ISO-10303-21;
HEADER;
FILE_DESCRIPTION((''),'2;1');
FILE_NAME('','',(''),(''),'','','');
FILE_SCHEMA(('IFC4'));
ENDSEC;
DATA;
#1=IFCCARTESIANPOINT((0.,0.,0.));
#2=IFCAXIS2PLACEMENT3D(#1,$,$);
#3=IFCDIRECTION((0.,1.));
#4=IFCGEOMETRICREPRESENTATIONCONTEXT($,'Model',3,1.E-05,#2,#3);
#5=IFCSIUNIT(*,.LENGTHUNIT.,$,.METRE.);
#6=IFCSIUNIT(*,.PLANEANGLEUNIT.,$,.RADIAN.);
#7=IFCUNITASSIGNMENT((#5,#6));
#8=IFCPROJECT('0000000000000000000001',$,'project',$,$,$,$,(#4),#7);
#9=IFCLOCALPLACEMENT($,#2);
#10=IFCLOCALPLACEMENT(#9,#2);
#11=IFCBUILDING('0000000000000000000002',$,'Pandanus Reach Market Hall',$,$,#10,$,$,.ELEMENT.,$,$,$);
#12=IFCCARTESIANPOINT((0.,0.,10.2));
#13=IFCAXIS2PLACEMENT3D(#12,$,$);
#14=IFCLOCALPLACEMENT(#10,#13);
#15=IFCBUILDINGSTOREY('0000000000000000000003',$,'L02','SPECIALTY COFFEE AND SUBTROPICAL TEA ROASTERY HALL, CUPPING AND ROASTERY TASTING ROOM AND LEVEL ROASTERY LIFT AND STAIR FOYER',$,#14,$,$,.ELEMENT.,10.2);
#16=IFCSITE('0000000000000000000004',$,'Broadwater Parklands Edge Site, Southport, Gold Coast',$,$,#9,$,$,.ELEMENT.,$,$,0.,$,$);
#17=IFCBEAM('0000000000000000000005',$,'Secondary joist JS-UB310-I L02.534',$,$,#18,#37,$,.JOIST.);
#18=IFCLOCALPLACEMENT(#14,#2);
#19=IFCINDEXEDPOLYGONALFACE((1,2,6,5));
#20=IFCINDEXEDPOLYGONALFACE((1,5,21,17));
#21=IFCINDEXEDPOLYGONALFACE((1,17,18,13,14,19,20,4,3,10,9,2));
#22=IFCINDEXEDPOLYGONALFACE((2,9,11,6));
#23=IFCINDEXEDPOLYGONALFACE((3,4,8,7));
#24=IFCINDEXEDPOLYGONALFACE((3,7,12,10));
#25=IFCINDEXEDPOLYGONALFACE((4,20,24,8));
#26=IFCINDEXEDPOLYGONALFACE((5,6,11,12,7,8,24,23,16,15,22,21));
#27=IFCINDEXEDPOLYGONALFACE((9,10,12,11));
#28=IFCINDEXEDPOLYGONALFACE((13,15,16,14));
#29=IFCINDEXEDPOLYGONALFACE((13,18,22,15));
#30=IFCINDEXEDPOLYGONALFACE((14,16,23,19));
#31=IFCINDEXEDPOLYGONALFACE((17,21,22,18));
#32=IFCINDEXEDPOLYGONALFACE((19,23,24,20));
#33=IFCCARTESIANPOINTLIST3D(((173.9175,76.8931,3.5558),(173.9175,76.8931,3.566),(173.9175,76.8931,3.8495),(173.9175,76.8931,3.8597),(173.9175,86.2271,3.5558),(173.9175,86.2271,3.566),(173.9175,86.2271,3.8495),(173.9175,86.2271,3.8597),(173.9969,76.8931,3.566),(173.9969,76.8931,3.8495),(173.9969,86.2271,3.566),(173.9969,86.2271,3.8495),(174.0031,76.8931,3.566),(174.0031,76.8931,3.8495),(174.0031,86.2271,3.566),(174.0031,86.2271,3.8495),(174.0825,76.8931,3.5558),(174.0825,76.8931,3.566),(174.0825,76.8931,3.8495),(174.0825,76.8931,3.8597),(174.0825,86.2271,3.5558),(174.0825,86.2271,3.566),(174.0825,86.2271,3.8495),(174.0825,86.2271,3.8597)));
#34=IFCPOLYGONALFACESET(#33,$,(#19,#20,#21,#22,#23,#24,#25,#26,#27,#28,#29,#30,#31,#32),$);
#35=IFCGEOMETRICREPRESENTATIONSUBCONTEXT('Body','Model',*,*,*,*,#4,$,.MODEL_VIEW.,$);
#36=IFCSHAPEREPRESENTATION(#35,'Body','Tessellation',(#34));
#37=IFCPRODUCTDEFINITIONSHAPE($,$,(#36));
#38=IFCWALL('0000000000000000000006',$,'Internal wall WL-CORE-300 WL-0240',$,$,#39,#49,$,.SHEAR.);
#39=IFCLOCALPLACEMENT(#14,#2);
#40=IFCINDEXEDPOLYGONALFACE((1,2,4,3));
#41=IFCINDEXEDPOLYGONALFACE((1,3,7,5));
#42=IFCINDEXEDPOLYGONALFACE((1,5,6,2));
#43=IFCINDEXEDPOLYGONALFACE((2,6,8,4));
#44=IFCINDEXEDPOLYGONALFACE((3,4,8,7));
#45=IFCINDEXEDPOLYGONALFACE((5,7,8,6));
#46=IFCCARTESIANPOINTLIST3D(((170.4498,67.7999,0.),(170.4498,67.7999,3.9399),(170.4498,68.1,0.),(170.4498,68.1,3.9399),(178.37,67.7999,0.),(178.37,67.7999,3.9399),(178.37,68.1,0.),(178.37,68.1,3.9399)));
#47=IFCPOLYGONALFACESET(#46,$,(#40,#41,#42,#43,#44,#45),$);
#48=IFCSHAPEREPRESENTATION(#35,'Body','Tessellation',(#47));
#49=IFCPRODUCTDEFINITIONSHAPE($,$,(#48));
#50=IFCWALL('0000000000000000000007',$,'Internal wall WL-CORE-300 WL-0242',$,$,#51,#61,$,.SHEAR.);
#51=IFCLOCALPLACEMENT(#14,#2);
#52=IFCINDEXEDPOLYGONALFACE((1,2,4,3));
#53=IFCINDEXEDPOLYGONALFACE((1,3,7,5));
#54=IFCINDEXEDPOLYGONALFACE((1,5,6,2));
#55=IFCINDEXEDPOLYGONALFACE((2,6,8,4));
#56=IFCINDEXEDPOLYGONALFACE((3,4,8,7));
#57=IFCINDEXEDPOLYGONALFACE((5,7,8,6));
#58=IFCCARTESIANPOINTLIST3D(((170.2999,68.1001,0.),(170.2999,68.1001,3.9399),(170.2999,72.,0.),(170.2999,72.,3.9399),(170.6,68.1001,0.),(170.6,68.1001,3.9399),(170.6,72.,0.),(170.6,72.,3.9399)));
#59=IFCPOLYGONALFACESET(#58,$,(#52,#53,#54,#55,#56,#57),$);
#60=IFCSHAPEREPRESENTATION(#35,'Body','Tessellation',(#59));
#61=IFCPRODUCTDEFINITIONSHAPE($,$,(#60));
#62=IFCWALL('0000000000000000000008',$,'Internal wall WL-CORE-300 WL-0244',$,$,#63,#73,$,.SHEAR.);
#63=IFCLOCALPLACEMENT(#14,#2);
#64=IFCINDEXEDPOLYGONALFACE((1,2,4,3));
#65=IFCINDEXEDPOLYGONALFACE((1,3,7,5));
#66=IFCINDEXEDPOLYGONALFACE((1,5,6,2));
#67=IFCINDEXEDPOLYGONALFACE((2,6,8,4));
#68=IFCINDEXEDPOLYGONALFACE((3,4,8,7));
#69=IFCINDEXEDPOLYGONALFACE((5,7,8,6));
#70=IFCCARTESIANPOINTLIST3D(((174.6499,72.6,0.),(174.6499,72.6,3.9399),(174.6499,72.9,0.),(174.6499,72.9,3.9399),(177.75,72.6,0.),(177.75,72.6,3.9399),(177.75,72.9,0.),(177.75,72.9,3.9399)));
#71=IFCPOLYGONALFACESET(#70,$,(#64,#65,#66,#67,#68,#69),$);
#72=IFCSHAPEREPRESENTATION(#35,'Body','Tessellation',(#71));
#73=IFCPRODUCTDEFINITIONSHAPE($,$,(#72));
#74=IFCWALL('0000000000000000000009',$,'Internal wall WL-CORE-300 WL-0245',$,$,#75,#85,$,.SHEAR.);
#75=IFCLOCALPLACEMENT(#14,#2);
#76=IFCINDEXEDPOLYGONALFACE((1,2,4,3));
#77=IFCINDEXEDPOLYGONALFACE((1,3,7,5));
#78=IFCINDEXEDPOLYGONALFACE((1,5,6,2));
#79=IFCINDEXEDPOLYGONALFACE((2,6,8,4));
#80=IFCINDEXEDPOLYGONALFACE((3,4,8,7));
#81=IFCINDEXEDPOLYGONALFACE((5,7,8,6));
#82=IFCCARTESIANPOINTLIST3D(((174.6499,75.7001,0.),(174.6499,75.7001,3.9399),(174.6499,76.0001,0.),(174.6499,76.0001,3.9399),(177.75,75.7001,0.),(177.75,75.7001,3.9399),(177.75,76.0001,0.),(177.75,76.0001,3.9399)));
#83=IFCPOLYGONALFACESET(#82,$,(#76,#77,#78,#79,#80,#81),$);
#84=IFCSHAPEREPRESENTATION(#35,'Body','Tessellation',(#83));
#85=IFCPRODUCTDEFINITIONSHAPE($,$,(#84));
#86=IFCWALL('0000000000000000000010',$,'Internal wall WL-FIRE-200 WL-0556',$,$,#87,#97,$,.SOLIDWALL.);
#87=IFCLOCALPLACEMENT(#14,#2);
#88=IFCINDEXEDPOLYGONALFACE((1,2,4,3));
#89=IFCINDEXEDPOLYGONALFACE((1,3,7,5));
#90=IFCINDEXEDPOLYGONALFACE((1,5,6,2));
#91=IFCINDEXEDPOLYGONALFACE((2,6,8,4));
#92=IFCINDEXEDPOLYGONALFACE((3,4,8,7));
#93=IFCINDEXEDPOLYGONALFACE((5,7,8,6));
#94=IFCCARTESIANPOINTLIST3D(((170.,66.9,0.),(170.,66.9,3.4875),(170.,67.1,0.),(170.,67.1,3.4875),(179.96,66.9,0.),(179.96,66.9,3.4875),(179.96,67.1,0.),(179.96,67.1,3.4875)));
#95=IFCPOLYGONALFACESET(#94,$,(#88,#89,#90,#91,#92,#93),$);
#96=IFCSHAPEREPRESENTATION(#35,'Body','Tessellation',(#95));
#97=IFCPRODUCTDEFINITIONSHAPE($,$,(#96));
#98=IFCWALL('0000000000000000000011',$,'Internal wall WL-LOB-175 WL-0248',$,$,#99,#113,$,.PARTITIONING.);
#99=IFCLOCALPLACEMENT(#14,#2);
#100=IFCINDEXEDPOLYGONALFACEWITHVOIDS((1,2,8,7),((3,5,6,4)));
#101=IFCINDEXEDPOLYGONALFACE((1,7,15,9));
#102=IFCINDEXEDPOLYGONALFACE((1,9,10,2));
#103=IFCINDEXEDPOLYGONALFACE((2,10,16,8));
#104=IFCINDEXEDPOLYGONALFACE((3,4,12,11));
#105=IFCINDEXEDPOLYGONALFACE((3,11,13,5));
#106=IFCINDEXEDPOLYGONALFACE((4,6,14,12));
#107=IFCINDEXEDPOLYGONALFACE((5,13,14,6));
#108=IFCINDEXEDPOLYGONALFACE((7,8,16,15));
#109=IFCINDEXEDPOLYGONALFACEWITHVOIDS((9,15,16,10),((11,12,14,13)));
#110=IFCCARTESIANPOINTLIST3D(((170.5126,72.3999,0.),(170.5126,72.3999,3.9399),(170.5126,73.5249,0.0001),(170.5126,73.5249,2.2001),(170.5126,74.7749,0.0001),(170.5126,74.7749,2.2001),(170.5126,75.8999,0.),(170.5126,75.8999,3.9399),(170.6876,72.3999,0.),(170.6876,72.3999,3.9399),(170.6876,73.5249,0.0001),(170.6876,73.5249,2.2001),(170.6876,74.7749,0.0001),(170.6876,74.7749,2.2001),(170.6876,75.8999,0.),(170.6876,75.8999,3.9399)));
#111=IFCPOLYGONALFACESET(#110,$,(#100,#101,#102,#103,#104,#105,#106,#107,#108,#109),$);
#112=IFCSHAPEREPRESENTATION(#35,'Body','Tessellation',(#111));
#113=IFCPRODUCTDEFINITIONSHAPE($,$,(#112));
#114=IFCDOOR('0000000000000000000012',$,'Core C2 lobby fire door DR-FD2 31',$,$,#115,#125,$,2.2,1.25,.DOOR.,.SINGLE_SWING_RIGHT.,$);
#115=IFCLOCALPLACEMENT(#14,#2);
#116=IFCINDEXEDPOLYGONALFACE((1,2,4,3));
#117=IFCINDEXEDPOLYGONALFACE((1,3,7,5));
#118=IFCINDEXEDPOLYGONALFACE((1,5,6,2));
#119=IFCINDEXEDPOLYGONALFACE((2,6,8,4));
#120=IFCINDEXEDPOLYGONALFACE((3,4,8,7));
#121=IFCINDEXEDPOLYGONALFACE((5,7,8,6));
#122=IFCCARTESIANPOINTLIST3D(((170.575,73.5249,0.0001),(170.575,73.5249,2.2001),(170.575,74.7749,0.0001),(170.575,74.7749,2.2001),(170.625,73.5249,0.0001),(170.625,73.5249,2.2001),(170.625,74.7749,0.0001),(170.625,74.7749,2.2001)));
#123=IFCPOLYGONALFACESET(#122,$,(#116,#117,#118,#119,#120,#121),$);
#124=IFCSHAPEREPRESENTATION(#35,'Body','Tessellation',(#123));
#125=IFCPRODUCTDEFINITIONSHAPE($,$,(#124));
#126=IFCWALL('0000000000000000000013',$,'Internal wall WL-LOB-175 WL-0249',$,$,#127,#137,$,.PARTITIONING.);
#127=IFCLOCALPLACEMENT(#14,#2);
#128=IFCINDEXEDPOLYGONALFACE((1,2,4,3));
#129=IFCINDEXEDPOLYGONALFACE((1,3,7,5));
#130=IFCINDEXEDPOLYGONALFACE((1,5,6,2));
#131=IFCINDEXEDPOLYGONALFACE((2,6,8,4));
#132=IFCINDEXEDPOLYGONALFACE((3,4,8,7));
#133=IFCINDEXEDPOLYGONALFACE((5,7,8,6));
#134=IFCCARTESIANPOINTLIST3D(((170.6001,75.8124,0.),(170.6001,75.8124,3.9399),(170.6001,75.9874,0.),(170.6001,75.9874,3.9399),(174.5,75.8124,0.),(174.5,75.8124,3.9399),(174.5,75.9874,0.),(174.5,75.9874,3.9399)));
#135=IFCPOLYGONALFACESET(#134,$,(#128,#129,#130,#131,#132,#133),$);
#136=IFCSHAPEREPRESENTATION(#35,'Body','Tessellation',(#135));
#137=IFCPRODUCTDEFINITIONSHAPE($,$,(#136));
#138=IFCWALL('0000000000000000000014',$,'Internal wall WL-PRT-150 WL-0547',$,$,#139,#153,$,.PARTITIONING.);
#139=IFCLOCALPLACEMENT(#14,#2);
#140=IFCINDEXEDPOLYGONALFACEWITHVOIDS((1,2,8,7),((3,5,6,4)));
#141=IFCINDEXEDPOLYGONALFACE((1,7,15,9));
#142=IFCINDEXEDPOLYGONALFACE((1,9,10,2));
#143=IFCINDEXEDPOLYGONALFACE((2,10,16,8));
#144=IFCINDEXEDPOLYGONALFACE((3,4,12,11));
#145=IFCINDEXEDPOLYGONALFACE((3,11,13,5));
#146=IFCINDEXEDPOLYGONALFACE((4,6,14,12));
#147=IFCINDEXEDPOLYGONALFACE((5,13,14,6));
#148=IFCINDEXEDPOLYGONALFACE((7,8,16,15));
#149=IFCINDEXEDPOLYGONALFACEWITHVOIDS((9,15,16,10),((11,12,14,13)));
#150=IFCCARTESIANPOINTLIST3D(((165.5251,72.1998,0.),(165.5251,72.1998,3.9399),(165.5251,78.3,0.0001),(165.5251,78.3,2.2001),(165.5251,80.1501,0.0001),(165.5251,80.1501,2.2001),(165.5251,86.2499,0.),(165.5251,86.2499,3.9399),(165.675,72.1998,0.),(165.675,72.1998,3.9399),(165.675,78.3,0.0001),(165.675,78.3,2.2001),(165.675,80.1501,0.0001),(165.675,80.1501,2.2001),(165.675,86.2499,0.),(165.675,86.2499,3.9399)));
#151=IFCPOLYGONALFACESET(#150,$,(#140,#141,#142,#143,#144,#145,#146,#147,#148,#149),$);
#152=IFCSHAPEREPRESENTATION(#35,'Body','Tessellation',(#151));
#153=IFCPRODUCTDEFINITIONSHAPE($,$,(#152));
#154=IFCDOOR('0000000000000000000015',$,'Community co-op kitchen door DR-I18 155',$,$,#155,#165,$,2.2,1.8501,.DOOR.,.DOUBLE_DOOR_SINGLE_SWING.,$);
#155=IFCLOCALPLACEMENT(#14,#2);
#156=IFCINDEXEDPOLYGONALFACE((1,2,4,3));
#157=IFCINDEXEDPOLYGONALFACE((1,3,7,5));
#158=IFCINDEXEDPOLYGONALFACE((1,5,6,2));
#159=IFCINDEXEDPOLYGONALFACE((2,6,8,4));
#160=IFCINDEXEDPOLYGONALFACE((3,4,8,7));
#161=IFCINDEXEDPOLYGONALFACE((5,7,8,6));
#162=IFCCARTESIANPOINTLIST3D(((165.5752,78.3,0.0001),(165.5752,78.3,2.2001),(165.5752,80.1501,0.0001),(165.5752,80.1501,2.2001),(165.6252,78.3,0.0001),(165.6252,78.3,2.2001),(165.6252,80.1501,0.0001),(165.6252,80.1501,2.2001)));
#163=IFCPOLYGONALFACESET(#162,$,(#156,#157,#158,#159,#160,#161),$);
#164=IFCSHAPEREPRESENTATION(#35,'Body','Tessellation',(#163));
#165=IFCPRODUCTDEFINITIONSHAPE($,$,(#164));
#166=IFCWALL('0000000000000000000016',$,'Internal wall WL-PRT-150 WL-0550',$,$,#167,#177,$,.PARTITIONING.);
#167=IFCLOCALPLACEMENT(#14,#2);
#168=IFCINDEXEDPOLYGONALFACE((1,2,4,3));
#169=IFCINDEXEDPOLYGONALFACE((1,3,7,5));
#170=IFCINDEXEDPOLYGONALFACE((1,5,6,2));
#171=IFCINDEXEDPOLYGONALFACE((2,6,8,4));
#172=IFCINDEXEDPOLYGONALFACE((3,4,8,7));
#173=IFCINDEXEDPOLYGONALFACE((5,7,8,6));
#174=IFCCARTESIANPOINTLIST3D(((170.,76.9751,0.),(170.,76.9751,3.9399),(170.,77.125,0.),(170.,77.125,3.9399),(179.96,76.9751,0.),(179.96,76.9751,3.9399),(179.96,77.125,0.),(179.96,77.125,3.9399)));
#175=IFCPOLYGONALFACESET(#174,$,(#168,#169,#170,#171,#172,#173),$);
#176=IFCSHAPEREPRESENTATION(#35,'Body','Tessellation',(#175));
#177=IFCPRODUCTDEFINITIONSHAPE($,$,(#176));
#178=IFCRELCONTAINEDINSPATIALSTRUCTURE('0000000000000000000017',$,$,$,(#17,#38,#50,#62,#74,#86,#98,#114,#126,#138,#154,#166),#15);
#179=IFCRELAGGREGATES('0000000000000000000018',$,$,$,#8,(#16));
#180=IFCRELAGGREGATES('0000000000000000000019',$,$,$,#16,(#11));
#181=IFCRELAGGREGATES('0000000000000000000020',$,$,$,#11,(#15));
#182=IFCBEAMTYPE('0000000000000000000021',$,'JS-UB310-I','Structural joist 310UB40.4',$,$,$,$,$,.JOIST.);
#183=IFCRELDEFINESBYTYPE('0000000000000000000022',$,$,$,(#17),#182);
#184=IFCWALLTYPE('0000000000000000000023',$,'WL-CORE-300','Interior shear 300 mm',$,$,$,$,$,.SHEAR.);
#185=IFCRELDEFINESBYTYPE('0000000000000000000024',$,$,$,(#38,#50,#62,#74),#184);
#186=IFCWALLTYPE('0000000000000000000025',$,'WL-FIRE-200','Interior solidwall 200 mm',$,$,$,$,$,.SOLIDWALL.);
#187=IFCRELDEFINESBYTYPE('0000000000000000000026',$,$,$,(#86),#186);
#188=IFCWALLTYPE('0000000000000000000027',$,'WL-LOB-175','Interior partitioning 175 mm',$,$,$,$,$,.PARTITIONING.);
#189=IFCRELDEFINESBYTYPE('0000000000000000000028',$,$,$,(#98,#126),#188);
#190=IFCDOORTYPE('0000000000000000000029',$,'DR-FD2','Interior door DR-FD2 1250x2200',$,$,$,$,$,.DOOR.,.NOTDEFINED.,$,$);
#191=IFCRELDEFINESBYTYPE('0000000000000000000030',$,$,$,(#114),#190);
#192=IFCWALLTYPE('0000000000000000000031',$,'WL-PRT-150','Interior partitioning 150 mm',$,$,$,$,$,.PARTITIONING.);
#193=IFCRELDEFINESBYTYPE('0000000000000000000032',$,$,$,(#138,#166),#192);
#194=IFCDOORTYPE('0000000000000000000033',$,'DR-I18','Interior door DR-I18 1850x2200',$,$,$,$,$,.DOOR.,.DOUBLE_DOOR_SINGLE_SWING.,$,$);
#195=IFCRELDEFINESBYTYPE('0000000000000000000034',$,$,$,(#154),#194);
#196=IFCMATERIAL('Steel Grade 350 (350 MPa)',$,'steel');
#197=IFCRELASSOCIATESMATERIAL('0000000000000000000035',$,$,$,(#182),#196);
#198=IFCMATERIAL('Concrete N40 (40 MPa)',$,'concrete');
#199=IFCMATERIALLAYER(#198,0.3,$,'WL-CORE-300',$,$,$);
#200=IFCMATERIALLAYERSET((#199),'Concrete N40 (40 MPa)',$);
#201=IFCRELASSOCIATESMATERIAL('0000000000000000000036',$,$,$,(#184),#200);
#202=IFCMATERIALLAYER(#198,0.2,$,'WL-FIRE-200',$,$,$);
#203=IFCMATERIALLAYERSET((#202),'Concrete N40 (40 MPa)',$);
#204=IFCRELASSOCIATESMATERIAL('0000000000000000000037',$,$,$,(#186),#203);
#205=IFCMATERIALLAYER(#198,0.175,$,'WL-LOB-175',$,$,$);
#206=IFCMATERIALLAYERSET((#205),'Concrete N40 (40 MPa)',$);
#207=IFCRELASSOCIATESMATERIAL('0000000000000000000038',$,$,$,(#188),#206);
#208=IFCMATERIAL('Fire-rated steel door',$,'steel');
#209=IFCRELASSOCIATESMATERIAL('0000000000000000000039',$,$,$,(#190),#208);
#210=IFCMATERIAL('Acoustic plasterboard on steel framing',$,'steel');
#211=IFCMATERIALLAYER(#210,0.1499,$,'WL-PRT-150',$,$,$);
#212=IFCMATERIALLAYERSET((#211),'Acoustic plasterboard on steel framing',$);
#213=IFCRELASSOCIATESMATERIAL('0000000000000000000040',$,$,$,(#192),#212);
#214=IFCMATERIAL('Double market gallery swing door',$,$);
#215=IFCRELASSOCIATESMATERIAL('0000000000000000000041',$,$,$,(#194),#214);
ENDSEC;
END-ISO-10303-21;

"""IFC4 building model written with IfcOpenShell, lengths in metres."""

from ifc_helpers import new_model, si_unit, direction, frame, frame_2d, origin, origin_2d, place, context, subcontext, project, spatial, rectangle, i_section, extrude, material, layer, layer_set, material_profile, profile_set, type_object, element, fill, save


model = new_model("IFC4")

# Units and contexts
model_context = context("Model", 3, precision=1e-05, world=origin(), true_north=direction((0.0, 1.0)))
body_context = subcontext(model_context, "Body", "Model", "MODEL_VIEW")
ifc_project = project(units=[si_unit("LENGTHUNIT", "METRE"), si_unit("PLANEANGLEUNIT", "RADIAN")], contexts=[model_context])

# Site, building, storey
site_placement = place(None, origin())
site = spatial("IfcSite", under=ifc_project, at=site_placement, Name="Broadwater Parklands Edge Site, Southport, Gold Coast", CompositionType="ELEMENT", RefElevation=0.0)
building_placement = place(site_placement, origin())
building = spatial("IfcBuilding", under=site, at=building_placement, Name="Pandanus Reach Market Hall", CompositionType="ELEMENT")
storey_placement = place(building_placement, frame((0.0, 0.0, 10.2)))
storey = spatial("IfcBuildingStorey", under=building, at=storey_placement, Name="L02", Description="SPECIALTY COFFEE AND SUBTROPICAL TEA ROASTERY HALL, CUPPING AND ROASTERY TASTING ROOM AND LEVEL ROASTERY LIFT AND STAIR FOYER", CompositionType="ELEMENT", Elevation=10.2)

# Shared definitions
ifc_material_1 = material(Name="Concrete N40 (40 MPa)", Category="concrete")

# Beam
ifc_material_2 = material(Name="Steel Grade 350 (350 MPa)", Category="steel")
ifc_material_profile_1 = material_profile(ifc_material_2, i_section(OverallWidth=0.165, OverallDepth=0.304, WebThickness=0.0061, FlangeThickness=0.0103, at=origin_2d()), Name="310UB40.4", Category="LoadBearing")
ifc_profile_set_1 = profile_set([ifc_material_profile_1], Name="Steel Grade 350 (350 MPa)")
beam_type_1 = type_object("IfcBeamType", Name="JS-UB310-I", Description="Structural joist 310UB40.4", PredefinedType="JOIST", material=ifc_profile_set_1)
for number, where, z_axis, x_axis, name in (
    (1, (174.0, 76.8931, 3.7078), (0.0, 1.0, 0.0), (-1.0, 0.0, 0.0), "Secondary joist JS-UB310-I L02.534"),
):
    element("IfcBeam", number, at=place(storey_placement, frame(where, z_axis=z_axis, x_axis=x_axis)), inside=storey, type_object=beam_type_1, Name=name, PredefinedType="JOIST", context=body_context, shape_type="SweptSolid", body=[
        extrude(i_section(OverallWidth=0.165, OverallDepth=0.304, WebThickness=0.0061, FlangeThickness=0.0103, at=origin_2d()), origin(), (0.0, 0.0, 1.0), 9.334),
    ])

# Wall
ifc_layer_1 = layer(ifc_material_1, 0.3, Name="WL-CORE-300")
ifc_layer_set_1 = layer_set([ifc_layer_1], Name="Concrete N40 (40 MPa)")
wall_type_1 = type_object("IfcWallType", Name="WL-CORE-300", Description="Interior shear 300 mm", PredefinedType="SHEAR", material=ifc_layer_set_1)
wall_1_placement = place(storey_placement, frame((170.45, 67.95, 0.0), z_axis=(0.0, 0.0, 1.0), x_axis=(1.0, 0.0, 0.0)))
element("IfcWall", 2, at=wall_1_placement, inside=storey, type_object=wall_type_1, Name="Internal wall WL-CORE-300 WL-0240", PredefinedType="SHEAR", context=body_context, shape_type="SweptSolid", body=[
    extrude(rectangle(XDim=7.9202, YDim=0.3, at=frame_2d((3.96, 0.0))), origin(), (0.0, 0.0, 1.0), 3.9399),
])

# Shared definitions
ifc_material_3 = material(Name="Fire-rated steel door", Category="steel")

# Walls
wall_2_placement = place(storey_placement, frame((170.45, 68.1001, 0.0), z_axis=(0.0, 0.0, 1.0), x_axis=(0.0, 1.0, 0.0)))
element("IfcWall", 3, at=wall_2_placement, inside=storey, type_object=wall_type_1, Name="Internal wall WL-CORE-300 WL-0242", PredefinedType="SHEAR", context=body_context, shape_type="SweptSolid", body=[
    extrude(rectangle(XDim=3.8999, YDim=0.3, at=frame_2d((1.95, 0.0))), origin(), (0.0, 0.0, 1.0), 3.9399),
])
for number, where, z_axis, x_axis, name in (
    (4, (174.6499, 72.75, 0.0), (0.0, 0.0, 1.0), (1.0, 0.0, 0.0), "Internal wall WL-CORE-300 WL-0244"),
    (5, (174.6499, 75.8501, 0.0), (0.0, 0.0, 1.0), (1.0, 0.0, 0.0), "Internal wall WL-CORE-300 WL-0245"),
):
    element("IfcWall", number, at=place(storey_placement, frame(where, z_axis=z_axis, x_axis=x_axis)), inside=storey, type_object=wall_type_1, Name=name, PredefinedType="SHEAR", context=body_context, shape_type="SweptSolid", body=[
        extrude(rectangle(XDim=3.1001, YDim=0.3, at=frame_2d((1.55, 0.0))), origin(), (0.0, 0.0, 1.0), 3.9399),
    ])

# Wall
ifc_layer_2 = layer(ifc_material_1, 0.2, Name="WL-FIRE-200")
ifc_layer_set_2 = layer_set([ifc_layer_2], Name="Concrete N40 (40 MPa)")
wall_type_2 = type_object("IfcWallType", Name="WL-FIRE-200", Description="Interior solidwall 200 mm", PredefinedType="SOLIDWALL", material=ifc_layer_set_2)
wall_3_placement = place(storey_placement, frame((170.0, 67.0, 0.0), z_axis=(0.0, 0.0, 1.0), x_axis=(1.0, 0.0, 0.0)))
element("IfcWall", 6, at=wall_3_placement, inside=storey, type_object=wall_type_2, Name="Internal wall WL-FIRE-200 WL-0556", PredefinedType="SOLIDWALL", context=body_context, shape_type="SweptSolid", body=[
    extrude(rectangle(XDim=9.96, YDim=0.2, at=frame_2d((4.98, 0.0))), origin(), (0.0, 0.0, 1.0), 3.4875),
])

# Wall, opening, door
ifc_layer_3 = layer(ifc_material_1, 0.175, Name="WL-LOB-175")
ifc_layer_set_3 = layer_set([ifc_layer_3], Name="Concrete N40 (40 MPa)")
wall_type_3 = type_object("IfcWallType", Name="WL-LOB-175", Description="Interior partitioning 175 mm", PredefinedType="PARTITIONING", material=ifc_layer_set_3)
wall_4_placement = place(storey_placement, frame((170.6001, 72.3999, 0.0), z_axis=(0.0, 0.0, 1.0), x_axis=(0.0, 1.0, 0.0)))
wall_4 = element("IfcWall", 7, at=wall_4_placement, inside=storey, type_object=wall_type_3, Name="Internal wall WL-LOB-175 WL-0248", PredefinedType="PARTITIONING", context=body_context, shape_type="SweptSolid", body=[
    extrude(rectangle(XDim=3.5, YDim=0.175, at=frame_2d((1.75, 0.0))), origin(), (0.0, 0.0, 1.0), 3.9399),
])
opening_1_placement = place(wall_4_placement, frame((1.125, 0.0, 0.0)))
opening_1 = element("IfcOpeningElement", 8, at=opening_1_placement, cuts=wall_4, PredefinedType="OPENING", context=body_context, shape_type="SweptSolid", body=[
    extrude(rectangle(XDim=1.25, YDim=2.2, at=frame_2d((0.625, 1.1001))), frame((0.0, 0.1025, 0.0), z_axis=(0.0, -1.0, 0.0), x_axis=(1.0, 0.0, 0.0)), (0.0, 0.0, 1.0), 0.2051),
])
door_type_1 = type_object("IfcDoorType", Name="DR-FD2", Description="Interior door DR-FD2 1250x2200", OperationType="NOTDEFINED", PredefinedType="DOOR", material=ifc_material_3)
door_1_placement = place(opening_1_placement, frame((1.25, 0.0, 0.0), z_axis=(0.0, 0.0, 1.0), x_axis=(-1.0, 0.0, 0.0)))
door_1 = element("IfcDoor", 9, at=door_1_placement, inside=storey, type_object=door_type_1, Name="Core C2 lobby fire door DR-FD2 31", OperationType="SINGLE_SWING_RIGHT", OverallHeight=2.2, OverallWidth=1.25, PredefinedType="DOOR", context=body_context, shape_type="SweptSolid", body=[
    extrude(rectangle(XDim=1.25, YDim=2.2, at=frame_2d((0.625, 1.1001))), frame((0.0, 0.0249, 0.0), z_axis=(0.0, -1.0, 0.0), x_axis=(1.0, 0.0, 0.0)), (0.0, 0.0, 1.0), 0.05),
])
fill(opening_1, door_1)

# Wall
wall_5_placement = place(storey_placement, frame((170.6001, 75.8999, 0.0), z_axis=(0.0, 0.0, 1.0), x_axis=(1.0, 0.0, 0.0)))
element("IfcWall", 10, at=wall_5_placement, inside=storey, type_object=wall_type_3, Name="Internal wall WL-LOB-175 WL-0249", PredefinedType="PARTITIONING", context=body_context, shape_type="SweptSolid", body=[
    extrude(rectangle(XDim=3.8999, YDim=0.175, at=frame_2d((1.95, 0.0))), origin(), (0.0, 0.0, 1.0), 3.9399),
])

# Wall, opening, door
ifc_material_4 = material(Name="Acoustic plasterboard on steel framing", Category="steel")
ifc_layer_4 = layer(ifc_material_4, 0.1499, Name="WL-PRT-150")
ifc_layer_set_4 = layer_set([ifc_layer_4], Name="Acoustic plasterboard on steel framing")
wall_type_4 = type_object("IfcWallType", Name="WL-PRT-150", Description="Interior partitioning 150 mm", PredefinedType="PARTITIONING", material=ifc_layer_set_4)
wall_6_placement = place(storey_placement, frame((165.6001, 72.2, 0.0), z_axis=(0.0, 0.0, 1.0), x_axis=(0.0, 1.0, 0.0)))
wall_6 = element("IfcWall", 11, at=wall_6_placement, inside=storey, type_object=wall_type_4, Name="Internal wall WL-PRT-150 WL-0547", PredefinedType="PARTITIONING", context=body_context, shape_type="SweptSolid", body=[
    extrude(rectangle(XDim=14.05, YDim=0.1499, at=frame_2d((7.0249, 0.0))), origin(), (0.0, 0.0, 1.0), 3.9399),
])
opening_2_placement = place(wall_6_placement, frame((6.1001, 0.0, 0.0)))
opening_2 = element("IfcOpeningElement", 12, at=opening_2_placement, cuts=wall_6, PredefinedType="OPENING", context=body_context, shape_type="SweptSolid", body=[
    extrude(rectangle(XDim=1.8501, YDim=2.2, at=frame_2d((0.925, 1.1001))), frame((0.0, 0.0898, 0.0), z_axis=(0.0, -1.0, 0.0), x_axis=(1.0, 0.0, 0.0)), (0.0, 0.0, 1.0), 0.1799),
])
ifc_material_5 = material(Name="Double market gallery swing door")
door_type_2 = type_object("IfcDoorType", Name="DR-I18", Description="Interior door DR-I18 1850x2200", OperationType="DOUBLE_DOOR_SINGLE_SWING", PredefinedType="DOOR", material=ifc_material_5)
door_2_placement = place(opening_2_placement, origin())
door_2 = element("IfcDoor", 13, at=door_2_placement, inside=storey, type_object=door_type_2, Name="Community co-op kitchen door DR-I18 155", OperationType="DOUBLE_DOOR_SINGLE_SWING", OverallHeight=2.2, OverallWidth=1.8501, PredefinedType="DOOR", context=body_context, shape_type="SweptSolid", body=[
    extrude(rectangle(XDim=1.8501, YDim=2.2, at=frame_2d((0.925, 1.1001))), frame((0.0, 0.0249, 0.0), z_axis=(0.0, -1.0, 0.0), x_axis=(1.0, 0.0, 0.0)), (0.0, 0.0, 1.0), 0.05),
])
fill(opening_2, door_2)

# Wall
wall_7_placement = place(storey_placement, frame((170.0, 77.05, 0.0), z_axis=(0.0, 0.0, 1.0), x_axis=(1.0, 0.0, 0.0)))
element("IfcWall", 14, at=wall_7_placement, inside=storey, type_object=wall_type_4, Name="Internal wall WL-PRT-150 WL-0550", PredefinedType="PARTITIONING", context=body_context, shape_type="SweptSolid", body=[
    extrude(rectangle(XDim=9.96, YDim=0.1499, at=frame_2d((4.98, 0.0))), origin(), (0.0, 0.0, 1.0), 3.9399),
])

save(model, "model.ifc")
